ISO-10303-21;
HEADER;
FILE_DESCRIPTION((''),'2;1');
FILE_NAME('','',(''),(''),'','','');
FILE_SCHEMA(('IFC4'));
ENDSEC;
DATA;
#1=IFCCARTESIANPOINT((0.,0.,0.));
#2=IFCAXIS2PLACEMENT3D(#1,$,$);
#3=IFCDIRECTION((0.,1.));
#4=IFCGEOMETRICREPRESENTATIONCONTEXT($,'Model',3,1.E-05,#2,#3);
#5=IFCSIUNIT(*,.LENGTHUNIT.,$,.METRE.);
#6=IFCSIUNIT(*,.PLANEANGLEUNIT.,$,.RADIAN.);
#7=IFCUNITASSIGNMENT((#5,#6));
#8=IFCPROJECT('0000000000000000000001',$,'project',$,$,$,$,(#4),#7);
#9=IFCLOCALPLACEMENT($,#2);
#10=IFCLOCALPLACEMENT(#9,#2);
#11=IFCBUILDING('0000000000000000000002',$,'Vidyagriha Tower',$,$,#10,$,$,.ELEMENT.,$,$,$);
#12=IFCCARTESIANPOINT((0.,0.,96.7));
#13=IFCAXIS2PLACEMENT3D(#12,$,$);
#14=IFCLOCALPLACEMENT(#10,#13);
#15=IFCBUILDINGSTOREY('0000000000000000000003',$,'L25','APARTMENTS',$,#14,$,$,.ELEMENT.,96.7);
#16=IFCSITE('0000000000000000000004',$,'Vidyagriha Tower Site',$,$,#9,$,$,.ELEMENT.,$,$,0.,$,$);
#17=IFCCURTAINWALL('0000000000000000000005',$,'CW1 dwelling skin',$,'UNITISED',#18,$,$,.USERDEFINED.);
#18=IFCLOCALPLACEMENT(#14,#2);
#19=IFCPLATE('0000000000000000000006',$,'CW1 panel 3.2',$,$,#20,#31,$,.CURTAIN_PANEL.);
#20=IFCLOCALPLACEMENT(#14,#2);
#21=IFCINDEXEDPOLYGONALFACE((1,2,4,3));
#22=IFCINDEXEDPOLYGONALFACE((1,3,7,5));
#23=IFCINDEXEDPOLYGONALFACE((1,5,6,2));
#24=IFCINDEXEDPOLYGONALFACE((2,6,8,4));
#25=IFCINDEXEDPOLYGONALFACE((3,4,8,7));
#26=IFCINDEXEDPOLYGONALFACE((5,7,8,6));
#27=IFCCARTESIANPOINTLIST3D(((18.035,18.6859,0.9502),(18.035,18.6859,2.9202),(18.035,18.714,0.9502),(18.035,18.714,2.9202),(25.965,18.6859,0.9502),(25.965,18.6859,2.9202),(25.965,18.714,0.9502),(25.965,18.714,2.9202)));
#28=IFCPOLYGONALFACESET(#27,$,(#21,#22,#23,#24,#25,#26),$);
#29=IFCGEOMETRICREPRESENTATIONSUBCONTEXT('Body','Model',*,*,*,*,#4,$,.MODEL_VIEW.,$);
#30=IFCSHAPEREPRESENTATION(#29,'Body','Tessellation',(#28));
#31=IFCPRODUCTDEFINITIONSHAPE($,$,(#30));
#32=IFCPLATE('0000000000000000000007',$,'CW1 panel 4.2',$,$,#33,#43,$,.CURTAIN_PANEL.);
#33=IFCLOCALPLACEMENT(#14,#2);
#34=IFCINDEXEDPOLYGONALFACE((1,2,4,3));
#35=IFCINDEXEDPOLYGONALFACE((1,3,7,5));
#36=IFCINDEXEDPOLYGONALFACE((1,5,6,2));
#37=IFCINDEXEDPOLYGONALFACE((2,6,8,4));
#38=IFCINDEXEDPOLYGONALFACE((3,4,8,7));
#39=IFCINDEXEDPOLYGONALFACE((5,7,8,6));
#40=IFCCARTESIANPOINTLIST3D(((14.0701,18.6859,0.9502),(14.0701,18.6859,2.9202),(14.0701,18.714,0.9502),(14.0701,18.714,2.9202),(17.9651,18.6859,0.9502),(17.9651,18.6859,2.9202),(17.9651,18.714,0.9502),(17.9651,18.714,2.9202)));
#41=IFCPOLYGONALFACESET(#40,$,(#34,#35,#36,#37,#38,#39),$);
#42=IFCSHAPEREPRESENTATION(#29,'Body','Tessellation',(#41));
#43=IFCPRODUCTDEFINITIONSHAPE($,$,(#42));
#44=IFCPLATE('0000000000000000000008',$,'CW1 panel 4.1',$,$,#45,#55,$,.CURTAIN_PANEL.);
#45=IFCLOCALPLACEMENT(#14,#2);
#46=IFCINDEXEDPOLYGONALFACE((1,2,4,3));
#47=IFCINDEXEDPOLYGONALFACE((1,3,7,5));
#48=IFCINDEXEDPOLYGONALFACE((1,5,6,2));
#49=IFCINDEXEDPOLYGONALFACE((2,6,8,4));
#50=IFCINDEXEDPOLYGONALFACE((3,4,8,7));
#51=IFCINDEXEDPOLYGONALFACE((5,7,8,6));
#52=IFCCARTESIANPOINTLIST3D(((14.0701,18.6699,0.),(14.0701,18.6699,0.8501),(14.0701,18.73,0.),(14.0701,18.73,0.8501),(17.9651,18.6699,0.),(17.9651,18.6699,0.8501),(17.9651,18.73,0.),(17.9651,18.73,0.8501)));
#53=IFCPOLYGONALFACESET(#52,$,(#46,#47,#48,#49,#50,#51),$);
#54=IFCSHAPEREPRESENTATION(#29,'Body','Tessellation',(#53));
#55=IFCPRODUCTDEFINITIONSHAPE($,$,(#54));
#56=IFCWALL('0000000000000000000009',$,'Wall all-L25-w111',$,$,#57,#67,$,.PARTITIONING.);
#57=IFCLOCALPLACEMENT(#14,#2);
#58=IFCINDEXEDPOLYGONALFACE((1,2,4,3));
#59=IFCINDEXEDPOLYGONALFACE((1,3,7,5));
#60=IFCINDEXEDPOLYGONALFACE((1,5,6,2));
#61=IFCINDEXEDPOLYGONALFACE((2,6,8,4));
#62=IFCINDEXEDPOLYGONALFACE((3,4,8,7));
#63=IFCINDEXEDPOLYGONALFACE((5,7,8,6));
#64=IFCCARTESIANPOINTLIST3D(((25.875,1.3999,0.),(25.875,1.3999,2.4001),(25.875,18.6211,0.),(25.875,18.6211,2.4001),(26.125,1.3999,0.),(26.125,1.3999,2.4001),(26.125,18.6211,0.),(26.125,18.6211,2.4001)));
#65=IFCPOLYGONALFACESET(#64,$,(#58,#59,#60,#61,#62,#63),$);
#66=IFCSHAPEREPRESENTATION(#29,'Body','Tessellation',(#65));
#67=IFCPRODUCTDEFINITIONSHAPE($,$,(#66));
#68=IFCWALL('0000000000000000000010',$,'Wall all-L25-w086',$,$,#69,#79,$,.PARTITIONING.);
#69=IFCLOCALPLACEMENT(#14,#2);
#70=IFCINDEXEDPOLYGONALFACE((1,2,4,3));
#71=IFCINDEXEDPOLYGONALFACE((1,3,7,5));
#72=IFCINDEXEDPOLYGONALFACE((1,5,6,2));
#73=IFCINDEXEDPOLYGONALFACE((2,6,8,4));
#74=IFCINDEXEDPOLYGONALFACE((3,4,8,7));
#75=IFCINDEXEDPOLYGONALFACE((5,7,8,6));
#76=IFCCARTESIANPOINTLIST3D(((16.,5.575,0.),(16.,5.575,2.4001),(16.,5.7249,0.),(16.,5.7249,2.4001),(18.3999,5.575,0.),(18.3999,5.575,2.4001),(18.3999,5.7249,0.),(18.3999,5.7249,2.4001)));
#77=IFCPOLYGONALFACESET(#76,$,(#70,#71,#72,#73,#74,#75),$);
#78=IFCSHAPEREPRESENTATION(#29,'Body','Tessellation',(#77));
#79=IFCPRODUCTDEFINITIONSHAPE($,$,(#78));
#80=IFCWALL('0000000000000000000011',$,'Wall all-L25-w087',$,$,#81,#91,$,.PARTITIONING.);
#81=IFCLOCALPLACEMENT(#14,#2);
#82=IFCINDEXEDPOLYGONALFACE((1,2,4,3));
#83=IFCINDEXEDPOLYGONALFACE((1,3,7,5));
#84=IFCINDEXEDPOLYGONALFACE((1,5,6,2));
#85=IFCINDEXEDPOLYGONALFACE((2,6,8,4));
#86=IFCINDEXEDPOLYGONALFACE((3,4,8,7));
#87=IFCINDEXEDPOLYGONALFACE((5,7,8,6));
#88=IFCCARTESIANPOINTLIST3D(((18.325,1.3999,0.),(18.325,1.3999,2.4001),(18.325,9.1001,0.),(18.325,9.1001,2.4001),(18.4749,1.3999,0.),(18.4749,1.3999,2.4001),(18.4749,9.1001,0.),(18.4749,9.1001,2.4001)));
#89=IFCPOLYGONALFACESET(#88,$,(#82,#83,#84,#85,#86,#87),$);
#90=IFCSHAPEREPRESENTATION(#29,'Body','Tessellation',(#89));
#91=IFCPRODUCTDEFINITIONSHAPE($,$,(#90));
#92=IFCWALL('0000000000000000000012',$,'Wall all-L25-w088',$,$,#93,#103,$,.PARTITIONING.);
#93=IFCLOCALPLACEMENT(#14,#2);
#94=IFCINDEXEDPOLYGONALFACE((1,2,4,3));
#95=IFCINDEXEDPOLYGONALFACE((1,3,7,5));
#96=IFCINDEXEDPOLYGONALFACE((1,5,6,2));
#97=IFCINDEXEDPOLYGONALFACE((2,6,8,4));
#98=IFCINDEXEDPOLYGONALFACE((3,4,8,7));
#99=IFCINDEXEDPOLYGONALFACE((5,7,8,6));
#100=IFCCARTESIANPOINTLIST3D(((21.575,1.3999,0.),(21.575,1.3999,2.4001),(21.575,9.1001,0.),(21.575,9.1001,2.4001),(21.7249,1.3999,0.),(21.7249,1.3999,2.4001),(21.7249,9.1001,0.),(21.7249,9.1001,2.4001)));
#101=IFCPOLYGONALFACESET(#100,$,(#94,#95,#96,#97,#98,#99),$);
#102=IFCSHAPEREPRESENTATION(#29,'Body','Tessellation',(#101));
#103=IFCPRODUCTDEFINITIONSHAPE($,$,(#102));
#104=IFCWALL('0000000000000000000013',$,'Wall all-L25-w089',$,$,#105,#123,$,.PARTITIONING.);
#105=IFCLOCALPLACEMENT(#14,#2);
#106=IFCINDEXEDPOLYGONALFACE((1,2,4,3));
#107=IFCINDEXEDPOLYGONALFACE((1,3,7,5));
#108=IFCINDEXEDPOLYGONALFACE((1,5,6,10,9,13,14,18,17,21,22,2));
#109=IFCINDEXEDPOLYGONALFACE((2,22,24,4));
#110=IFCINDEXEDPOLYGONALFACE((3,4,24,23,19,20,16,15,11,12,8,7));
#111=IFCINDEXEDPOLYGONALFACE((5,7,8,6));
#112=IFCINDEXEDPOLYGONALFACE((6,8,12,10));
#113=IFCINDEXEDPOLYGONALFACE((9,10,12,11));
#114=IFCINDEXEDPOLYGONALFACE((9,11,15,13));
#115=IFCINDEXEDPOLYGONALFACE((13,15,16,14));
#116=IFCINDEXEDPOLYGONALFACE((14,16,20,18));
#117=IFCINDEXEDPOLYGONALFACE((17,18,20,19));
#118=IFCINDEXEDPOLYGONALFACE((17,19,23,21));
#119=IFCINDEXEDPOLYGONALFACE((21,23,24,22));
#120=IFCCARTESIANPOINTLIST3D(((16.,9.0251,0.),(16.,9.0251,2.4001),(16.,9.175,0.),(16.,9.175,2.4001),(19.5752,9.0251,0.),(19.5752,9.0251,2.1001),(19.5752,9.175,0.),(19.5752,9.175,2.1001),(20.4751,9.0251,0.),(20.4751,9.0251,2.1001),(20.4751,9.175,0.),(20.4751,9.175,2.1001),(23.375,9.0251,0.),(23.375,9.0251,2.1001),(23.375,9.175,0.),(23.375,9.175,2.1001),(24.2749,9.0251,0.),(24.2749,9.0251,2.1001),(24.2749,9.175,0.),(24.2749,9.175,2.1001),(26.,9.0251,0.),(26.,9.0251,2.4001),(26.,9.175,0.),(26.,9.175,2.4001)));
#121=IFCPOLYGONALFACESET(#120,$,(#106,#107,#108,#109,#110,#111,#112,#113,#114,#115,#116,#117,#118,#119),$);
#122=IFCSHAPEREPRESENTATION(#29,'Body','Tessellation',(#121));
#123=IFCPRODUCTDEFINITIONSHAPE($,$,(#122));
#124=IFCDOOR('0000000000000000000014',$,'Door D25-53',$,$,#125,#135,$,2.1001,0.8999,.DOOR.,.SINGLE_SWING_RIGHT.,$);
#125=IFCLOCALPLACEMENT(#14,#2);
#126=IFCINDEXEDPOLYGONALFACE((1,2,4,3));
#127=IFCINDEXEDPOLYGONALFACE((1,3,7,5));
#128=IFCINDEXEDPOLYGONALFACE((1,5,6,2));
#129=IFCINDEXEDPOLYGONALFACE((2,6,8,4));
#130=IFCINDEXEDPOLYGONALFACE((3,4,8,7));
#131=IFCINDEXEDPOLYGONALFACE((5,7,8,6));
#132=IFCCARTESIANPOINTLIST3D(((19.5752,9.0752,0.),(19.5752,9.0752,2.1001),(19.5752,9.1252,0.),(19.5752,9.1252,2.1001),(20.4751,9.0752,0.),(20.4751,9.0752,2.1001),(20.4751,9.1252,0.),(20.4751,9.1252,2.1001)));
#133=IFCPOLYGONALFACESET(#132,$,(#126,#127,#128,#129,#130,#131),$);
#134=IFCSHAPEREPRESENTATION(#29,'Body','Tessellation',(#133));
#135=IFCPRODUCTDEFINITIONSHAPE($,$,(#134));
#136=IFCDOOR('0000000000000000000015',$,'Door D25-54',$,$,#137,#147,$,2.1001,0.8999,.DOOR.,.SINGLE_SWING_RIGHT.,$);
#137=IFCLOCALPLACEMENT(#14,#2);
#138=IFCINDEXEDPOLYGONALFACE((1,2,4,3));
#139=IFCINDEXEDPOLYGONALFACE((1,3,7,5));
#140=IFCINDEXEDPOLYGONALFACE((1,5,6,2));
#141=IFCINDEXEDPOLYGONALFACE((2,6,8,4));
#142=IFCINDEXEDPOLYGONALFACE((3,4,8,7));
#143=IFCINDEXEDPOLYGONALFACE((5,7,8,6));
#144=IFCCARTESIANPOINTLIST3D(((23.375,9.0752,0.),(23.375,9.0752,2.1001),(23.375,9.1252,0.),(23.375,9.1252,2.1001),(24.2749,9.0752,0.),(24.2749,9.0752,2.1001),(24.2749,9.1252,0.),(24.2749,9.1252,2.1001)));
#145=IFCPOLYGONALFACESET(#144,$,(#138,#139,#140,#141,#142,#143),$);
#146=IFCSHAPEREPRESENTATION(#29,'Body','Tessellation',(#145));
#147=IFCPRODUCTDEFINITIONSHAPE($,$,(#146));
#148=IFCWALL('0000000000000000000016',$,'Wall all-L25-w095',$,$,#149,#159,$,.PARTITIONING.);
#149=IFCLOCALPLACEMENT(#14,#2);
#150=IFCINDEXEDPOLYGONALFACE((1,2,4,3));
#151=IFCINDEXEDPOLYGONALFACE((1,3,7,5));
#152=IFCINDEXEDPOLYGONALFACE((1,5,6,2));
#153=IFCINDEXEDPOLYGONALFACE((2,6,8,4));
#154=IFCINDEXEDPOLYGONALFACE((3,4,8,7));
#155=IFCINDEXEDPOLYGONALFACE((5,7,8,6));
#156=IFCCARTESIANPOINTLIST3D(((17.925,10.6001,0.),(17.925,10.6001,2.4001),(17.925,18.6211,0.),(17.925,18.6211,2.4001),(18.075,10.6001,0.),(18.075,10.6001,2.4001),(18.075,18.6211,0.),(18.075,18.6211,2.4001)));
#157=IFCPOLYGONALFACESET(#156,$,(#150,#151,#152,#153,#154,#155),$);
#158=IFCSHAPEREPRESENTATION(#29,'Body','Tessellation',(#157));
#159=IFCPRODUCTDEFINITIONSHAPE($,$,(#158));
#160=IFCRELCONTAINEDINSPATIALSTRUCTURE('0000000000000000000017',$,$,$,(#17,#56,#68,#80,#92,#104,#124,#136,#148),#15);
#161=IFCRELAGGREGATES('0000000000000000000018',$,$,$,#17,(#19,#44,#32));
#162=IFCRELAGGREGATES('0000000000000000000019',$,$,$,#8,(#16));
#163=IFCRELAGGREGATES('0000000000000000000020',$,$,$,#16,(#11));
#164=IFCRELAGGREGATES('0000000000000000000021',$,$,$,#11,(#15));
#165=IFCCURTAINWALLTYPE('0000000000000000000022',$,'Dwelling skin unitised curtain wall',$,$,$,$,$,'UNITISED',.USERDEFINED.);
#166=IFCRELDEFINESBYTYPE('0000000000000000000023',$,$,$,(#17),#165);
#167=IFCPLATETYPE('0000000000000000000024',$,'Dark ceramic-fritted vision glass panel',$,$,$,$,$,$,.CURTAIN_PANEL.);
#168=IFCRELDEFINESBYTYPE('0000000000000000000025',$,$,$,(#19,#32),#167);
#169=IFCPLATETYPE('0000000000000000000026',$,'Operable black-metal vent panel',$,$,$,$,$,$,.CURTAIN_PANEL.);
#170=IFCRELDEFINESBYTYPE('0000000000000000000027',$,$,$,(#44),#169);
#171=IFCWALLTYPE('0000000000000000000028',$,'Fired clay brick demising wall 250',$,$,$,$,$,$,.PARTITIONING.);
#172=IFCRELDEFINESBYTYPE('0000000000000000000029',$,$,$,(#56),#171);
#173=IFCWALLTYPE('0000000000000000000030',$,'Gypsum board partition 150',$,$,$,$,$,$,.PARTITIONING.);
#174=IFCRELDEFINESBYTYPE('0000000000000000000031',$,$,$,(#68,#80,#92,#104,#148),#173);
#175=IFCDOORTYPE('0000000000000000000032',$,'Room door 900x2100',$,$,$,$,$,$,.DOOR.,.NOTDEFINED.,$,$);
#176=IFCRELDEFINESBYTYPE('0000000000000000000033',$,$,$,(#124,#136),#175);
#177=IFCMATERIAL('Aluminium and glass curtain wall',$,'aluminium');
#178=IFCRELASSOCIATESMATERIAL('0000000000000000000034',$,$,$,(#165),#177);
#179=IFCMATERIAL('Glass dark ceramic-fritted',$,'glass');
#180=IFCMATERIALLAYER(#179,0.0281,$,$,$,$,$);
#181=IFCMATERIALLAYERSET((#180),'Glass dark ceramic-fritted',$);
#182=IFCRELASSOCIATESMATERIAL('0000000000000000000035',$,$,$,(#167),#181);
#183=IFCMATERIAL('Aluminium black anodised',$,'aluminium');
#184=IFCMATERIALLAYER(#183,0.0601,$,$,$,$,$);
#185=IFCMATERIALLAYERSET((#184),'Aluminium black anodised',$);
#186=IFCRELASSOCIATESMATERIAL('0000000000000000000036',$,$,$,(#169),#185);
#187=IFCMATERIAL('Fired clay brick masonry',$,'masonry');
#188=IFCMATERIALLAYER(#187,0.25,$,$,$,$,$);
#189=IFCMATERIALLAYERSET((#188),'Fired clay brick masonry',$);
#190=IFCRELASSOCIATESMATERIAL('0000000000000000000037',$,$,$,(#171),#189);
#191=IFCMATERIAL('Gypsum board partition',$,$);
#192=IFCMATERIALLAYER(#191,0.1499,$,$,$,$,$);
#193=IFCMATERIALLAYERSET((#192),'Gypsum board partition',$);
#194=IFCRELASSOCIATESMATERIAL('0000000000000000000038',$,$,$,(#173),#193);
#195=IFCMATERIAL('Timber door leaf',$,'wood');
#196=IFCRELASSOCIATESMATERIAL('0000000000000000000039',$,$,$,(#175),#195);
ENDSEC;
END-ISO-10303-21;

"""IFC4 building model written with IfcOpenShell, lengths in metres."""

from ifc_helpers import new_model, si_unit, direction, frame, frame_2d, origin, origin_2d, place, context, subcontext, project, spatial, rectangle, extrude, material, layer, layer_set, type_object, element, fill, aggregate, save


model = new_model("IFC4")

# Units and contexts
model_context = context("Model", 3, precision=1e-05, world=origin(), true_north=direction((0.0, 1.0)))
body_context = subcontext(model_context, "Body", "Model", "MODEL_VIEW")
ifc_project = project(units=[si_unit("LENGTHUNIT", "METRE"), si_unit("PLANEANGLEUNIT", "RADIAN")], contexts=[model_context])

# Site, building, storey
site_placement = place(None, origin())
site = spatial("IfcSite", under=ifc_project, at=site_placement, Name="Vidyagriha Tower Site", CompositionType="ELEMENT", RefElevation=0.0)
building_placement = place(site_placement, origin())
building = spatial("IfcBuilding", under=site, at=building_placement, Name="Vidyagriha Tower", CompositionType="ELEMENT")
storey_placement = place(building_placement, frame((0.0, 0.0, 96.7)))
storey = spatial("IfcBuildingStorey", under=building, at=storey_placement, Name="L25", Description="APARTMENTS", CompositionType="ELEMENT", Elevation=96.7)

# Curtain wall, plates
ifc_material_1 = material(Name="Aluminium and glass curtain wall", Category="aluminium")
curtain_wall_type = type_object("IfcCurtainWallType", Name="Dwelling skin unitised curtain wall", ElementType="UNITISED", PredefinedType="USERDEFINED", material=ifc_material_1)
curtain_wall_placement = place(storey_placement, origin())
curtain_wall = element("IfcCurtainWall", 1, at=curtain_wall_placement, inside=storey, type_object=curtain_wall_type, Name="CW1 dwelling skin", ObjectType="UNITISED", PredefinedType="USERDEFINED")
ifc_material_2 = material(Name="Glass dark ceramic-fritted", Category="glass")
ifc_layer_1 = layer(ifc_material_2, 0.0281)
ifc_layer_set_1 = layer_set([ifc_layer_1], Name="Glass dark ceramic-fritted")
plate_type_1 = type_object("IfcPlateType", Name="Dark ceramic-fritted vision glass panel", PredefinedType="CURTAIN_PANEL", material=ifc_layer_set_1)
plate_1_placement = place(storey_placement, frame((22.0, 18.7, 0.9502), z_axis=(0.0, 0.0, 1.0), x_axis=(-1.0, 0.0, 0.0)))
plate_1 = element("IfcPlate", 2, at=plate_1_placement, type_object=plate_type_1, Name="CW1 panel 3.2", PredefinedType="CURTAIN_PANEL", context=body_context, shape_type="SweptSolid", body=[
    extrude(rectangle(XDim=7.9299, YDim=0.0281, at=origin_2d()), origin(), (0.0, 0.0, 1.0), 1.97),
])
plate_2_placement = place(storey_placement, frame((16.0176, 18.7, 0.9502), z_axis=(0.0, 0.0, 1.0), x_axis=(-1.0, 0.0, 0.0)))
plate_2 = element("IfcPlate", 3, at=plate_2_placement, type_object=plate_type_1, Name="CW1 panel 4.2", PredefinedType="CURTAIN_PANEL", context=body_context, shape_type="SweptSolid", body=[
    extrude(rectangle(XDim=3.895, YDim=0.0281, at=origin_2d()), origin(), (0.0, 0.0, 1.0), 1.97),
])
ifc_material_3 = material(Name="Aluminium black anodised", Category="aluminium")
ifc_layer_2 = layer(ifc_material_3, 0.0601)
ifc_layer_set_2 = layer_set([ifc_layer_2], Name="Aluminium black anodised")
plate_type_2 = type_object("IfcPlateType", Name="Operable black-metal vent panel", PredefinedType="CURTAIN_PANEL", material=ifc_layer_set_2)
plate_3_placement = place(storey_placement, frame((16.0176, 18.7, 0.0), z_axis=(0.0, 0.0, 1.0), x_axis=(-1.0, 0.0, 0.0)))
plate_3 = element("IfcPlate", 4, at=plate_3_placement, type_object=plate_type_2, Name="CW1 panel 4.1", PredefinedType="CURTAIN_PANEL", context=body_context, shape_type="SweptSolid", body=[
    extrude(rectangle(XDim=3.895, YDim=0.0601, at=origin_2d()), origin(), (0.0, 0.0, 1.0), 0.8501),
])
aggregate(curtain_wall, [plate_1, plate_3, plate_2])

# Walls
ifc_material_4 = material(Name="Fired clay brick masonry", Category="masonry")
ifc_layer_3 = layer(ifc_material_4, 0.25)
ifc_layer_set_3 = layer_set([ifc_layer_3], Name="Fired clay brick masonry")
wall_type_1 = type_object("IfcWallType", Name="Fired clay brick demising wall 250", PredefinedType="PARTITIONING", material=ifc_layer_set_3)
wall_1_placement = place(storey_placement, frame((26.0, 18.6211, 0.0), z_axis=(0.0, 0.0, 1.0), x_axis=(0.0, -1.0, 0.0)))
element("IfcWall", 5, at=wall_1_placement, inside=storey, type_object=wall_type_1, Name="Wall all-L25-w111", PredefinedType="PARTITIONING", context=body_context, shape_type="SweptSolid", body=[
    extrude(rectangle(XDim=17.2212, YDim=0.25, at=frame_2d((8.6106, 0.0))), origin(), (0.0, 0.0, 1.0), 2.4001),
])
ifc_material_5 = material(Name="Gypsum board partition")
ifc_layer_4 = layer(ifc_material_5, 0.1499)
ifc_layer_set_4 = layer_set([ifc_layer_4], Name="Gypsum board partition")
wall_type_2 = type_object("IfcWallType", Name="Gypsum board partition 150", PredefinedType="PARTITIONING", material=ifc_layer_set_4)
wall_2_placement = place(storey_placement, frame((16.0, 5.6499, 0.0)))
element("IfcWall", 6, at=wall_2_placement, inside=storey, type_object=wall_type_2, Name="Wall all-L25-w086", PredefinedType="PARTITIONING", context=body_context, shape_type="SweptSolid", body=[
    extrude(rectangle(XDim=2.3999, YDim=0.1499, at=frame_2d((1.2, 0.0))), origin(), (0.0, 0.0, 1.0), 2.4001),
])
for number, where, z_axis, x_axis, name in (
    (7, (18.3999, 9.1001, 0.0), (0.0, 0.0, 1.0), (0.0, -1.0, 0.0), "Wall all-L25-w087"),
    (8, (21.6499, 9.1001, 0.0), (0.0, 0.0, 1.0), (0.0, -1.0, 0.0), "Wall all-L25-w088"),
):
    element("IfcWall", number, at=place(storey_placement, frame(where, z_axis=z_axis, x_axis=x_axis)), inside=storey, type_object=wall_type_2, Name=name, PredefinedType="PARTITIONING", context=body_context, shape_type="SweptSolid", body=[
        extrude(rectangle(XDim=7.7002, YDim=0.1499, at=frame_2d((3.8501, 0.0))), origin(), (0.0, 0.0, 1.0), 2.4001),
    ])

# Wall, openings, doors
wall_3_placement = place(storey_placement, frame((26.0, 9.1001, 0.0), z_axis=(0.0, 0.0, 1.0), x_axis=(-1.0, 0.0, 0.0)))
wall_3 = element("IfcWall", 9, at=wall_3_placement, inside=storey, type_object=wall_type_2, Name="Wall all-L25-w089", PredefinedType="PARTITIONING", context=body_context, shape_type="SweptSolid", body=[
    extrude(rectangle(XDim=10.0, YDim=0.1499, at=frame_2d((5.0, 0.0))), origin(), (0.0, 0.0, 1.0), 2.4001),
])
opening_1_placement = place(wall_3_placement, frame((5.5249, 0.0, 0.0)))
opening_1 = element("IfcOpeningElement", 10, at=opening_1_placement, cuts=wall_3, PredefinedType="OPENING", context=body_context, shape_type="SweptSolid", body=[
    extrude(rectangle(XDim=0.8999, YDim=2.1001, at=frame_2d((0.45, 1.05))), frame((0.0, 0.085, 0.0), z_axis=(0.0, -1.0, 0.0), x_axis=(1.0, 0.0, 0.0)), (0.0, 0.0, 1.0), 0.1699),
])
opening_2_placement = place(wall_3_placement, frame((1.7251, 0.0, 0.0)))
opening_2 = element("IfcOpeningElement", 11, at=opening_2_placement, cuts=wall_3, PredefinedType="OPENING", context=body_context, shape_type="SweptSolid", body=[
    extrude(rectangle(XDim=0.8999, YDim=2.1001, at=frame_2d((0.45, 1.05))), frame((0.0, 0.085, 0.0), z_axis=(0.0, -1.0, 0.0), x_axis=(1.0, 0.0, 0.0)), (0.0, 0.0, 1.0), 0.1699),
])
ifc_material_6 = material(Name="Timber door leaf", Category="wood")
door_type_1 = type_object("IfcDoorType", Name="Room door 900x2100", OperationType="NOTDEFINED", PredefinedType="DOOR", material=ifc_material_6)
door_1_placement = place(opening_1_placement, origin())
door_1 = element("IfcDoor", 12, at=door_1_placement, inside=storey, type_object=door_type_1, Name="Door D25-53", OperationType="SINGLE_SWING_RIGHT", OverallHeight=2.1001, OverallWidth=0.8999, PredefinedType="DOOR", context=body_context, shape_type="SweptSolid", body=[
    extrude(rectangle(XDim=0.8999, YDim=2.1001, at=frame_2d((0.45, 1.05))), frame((0.0, 0.0249, 0.0), z_axis=(0.0, -1.0, 0.0), x_axis=(1.0, 0.0, 0.0)), (0.0, 0.0, 1.0), 0.05),
])
fill(opening_1, door_1)
door_2_placement = place(opening_2_placement, origin())
door_2 = element("IfcDoor", 13, at=door_2_placement, inside=storey, type_object=door_type_1, Name="Door D25-54", OperationType="SINGLE_SWING_RIGHT", OverallHeight=2.1001, OverallWidth=0.8999, PredefinedType="DOOR", context=body_context, shape_type="SweptSolid", body=[
    extrude(rectangle(XDim=0.8999, YDim=2.1001, at=frame_2d((0.45, 1.05))), frame((0.0, 0.0249, 0.0), z_axis=(0.0, -1.0, 0.0), x_axis=(1.0, 0.0, 0.0)), (0.0, 0.0, 1.0), 0.05),
])
fill(opening_2, door_2)

# Wall
wall_4_placement = place(storey_placement, frame((18.0, 18.6211, 0.0), z_axis=(0.0, 0.0, 1.0), x_axis=(0.0, -1.0, 0.0)))
element("IfcWall", 14, at=wall_4_placement, inside=storey, type_object=wall_type_2, Name="Wall all-L25-w095", PredefinedType="PARTITIONING", context=body_context, shape_type="SweptSolid", body=[
    extrude(rectangle(XDim=8.021, YDim=0.1499, at=frame_2d((4.0105, 0.0))), origin(), (0.0, 0.0, 1.0), 2.4001),
])

save(model, "model.ifc")
